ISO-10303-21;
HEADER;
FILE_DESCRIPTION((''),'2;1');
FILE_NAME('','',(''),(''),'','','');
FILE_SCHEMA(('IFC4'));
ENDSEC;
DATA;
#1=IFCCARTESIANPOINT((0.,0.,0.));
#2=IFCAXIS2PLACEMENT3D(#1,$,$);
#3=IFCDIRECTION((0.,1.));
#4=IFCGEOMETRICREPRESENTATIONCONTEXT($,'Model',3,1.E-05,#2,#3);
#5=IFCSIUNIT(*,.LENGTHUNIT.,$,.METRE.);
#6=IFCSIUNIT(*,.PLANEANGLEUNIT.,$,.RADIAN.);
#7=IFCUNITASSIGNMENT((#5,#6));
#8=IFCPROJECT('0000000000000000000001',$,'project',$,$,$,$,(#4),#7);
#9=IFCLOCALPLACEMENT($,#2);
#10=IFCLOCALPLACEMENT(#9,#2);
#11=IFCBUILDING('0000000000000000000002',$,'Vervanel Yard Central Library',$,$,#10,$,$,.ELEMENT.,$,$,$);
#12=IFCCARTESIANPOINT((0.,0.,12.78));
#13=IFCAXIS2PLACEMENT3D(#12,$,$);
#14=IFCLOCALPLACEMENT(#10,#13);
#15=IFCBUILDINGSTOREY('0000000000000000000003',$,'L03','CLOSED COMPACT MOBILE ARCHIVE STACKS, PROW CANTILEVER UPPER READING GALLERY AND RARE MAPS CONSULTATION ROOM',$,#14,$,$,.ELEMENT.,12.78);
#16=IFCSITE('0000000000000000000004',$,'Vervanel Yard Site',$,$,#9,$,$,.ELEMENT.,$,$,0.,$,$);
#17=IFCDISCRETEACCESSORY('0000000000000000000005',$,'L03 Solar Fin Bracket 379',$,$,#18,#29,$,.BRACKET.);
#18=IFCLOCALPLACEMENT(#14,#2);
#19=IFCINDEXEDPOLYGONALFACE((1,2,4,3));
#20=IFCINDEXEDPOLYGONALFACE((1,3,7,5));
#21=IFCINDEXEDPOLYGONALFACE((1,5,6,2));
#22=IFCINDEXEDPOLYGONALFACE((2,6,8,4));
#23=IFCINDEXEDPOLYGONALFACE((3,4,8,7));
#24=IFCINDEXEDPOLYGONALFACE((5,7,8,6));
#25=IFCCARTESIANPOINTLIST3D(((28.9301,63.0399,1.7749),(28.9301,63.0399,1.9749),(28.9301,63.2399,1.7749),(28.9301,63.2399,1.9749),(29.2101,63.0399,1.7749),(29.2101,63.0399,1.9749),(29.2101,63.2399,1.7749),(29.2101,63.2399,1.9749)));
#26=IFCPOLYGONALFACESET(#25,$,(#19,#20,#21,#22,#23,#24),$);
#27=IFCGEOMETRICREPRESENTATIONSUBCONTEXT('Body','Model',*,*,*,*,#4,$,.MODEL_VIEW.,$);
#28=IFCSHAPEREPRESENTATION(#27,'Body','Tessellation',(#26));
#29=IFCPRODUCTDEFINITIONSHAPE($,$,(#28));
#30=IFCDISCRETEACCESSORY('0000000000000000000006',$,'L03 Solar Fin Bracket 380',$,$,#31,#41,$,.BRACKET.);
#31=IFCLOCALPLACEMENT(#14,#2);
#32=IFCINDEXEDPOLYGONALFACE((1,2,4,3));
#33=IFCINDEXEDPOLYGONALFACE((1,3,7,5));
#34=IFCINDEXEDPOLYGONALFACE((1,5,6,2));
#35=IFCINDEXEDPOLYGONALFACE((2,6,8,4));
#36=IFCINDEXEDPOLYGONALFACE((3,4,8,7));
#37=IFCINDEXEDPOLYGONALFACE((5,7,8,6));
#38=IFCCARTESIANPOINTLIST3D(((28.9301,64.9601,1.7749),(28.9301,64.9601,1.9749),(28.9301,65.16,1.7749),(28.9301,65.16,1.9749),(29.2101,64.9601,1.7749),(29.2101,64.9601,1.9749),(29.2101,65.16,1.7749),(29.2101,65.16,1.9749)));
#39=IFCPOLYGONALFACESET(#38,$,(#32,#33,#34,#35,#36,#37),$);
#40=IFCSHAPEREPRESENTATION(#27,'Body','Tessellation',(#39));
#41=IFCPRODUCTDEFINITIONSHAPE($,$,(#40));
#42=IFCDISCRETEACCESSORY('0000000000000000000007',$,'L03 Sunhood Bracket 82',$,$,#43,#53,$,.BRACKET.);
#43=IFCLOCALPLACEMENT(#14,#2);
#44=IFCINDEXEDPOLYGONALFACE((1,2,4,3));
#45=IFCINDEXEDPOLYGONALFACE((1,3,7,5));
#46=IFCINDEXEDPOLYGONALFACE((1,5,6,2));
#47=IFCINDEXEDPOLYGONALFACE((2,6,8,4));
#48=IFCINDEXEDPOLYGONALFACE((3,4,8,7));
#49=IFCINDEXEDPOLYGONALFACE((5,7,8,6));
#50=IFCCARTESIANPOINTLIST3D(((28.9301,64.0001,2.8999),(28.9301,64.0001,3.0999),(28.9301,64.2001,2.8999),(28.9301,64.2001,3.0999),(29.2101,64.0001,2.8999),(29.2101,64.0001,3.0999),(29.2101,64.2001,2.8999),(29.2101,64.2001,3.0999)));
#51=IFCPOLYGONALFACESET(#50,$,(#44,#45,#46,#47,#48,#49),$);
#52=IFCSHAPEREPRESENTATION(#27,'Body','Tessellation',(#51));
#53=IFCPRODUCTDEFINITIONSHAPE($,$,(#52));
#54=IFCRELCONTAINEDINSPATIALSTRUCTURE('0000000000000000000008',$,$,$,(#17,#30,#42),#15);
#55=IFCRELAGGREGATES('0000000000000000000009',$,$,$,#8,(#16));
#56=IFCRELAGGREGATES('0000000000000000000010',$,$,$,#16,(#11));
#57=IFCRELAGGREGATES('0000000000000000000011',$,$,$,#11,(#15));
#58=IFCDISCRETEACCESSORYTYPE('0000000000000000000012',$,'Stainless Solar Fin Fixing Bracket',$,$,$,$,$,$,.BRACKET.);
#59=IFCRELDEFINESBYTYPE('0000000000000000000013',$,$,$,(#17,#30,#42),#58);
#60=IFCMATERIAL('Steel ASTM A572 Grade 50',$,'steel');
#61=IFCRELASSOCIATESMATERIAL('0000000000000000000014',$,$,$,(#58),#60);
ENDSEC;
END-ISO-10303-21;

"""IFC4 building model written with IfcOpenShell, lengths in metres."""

from ifc_helpers import new_model, si_unit, direction, frame, origin, origin_2d, place, context, subcontext, project, spatial, rectangle, extrude, material, type_object, element, save


model = new_model("IFC4")

# Units and contexts
model_context = context("Model", 3, precision=1e-05, world=origin(), true_north=direction((0.0, 1.0)))
body_context = subcontext(model_context, "Body", "Model", "MODEL_VIEW")
ifc_project = project(units=[si_unit("LENGTHUNIT", "METRE"), si_unit("PLANEANGLEUNIT", "RADIAN")], contexts=[model_context])

# Site, building, storey
site_placement = place(None, origin())
site = spatial("IfcSite", under=ifc_project, at=site_placement, Name="Vervanel Yard Site", CompositionType="ELEMENT", RefElevation=0.0)
building_placement = place(site_placement, origin())
building = spatial("IfcBuilding", under=site, at=building_placement, Name="Vervanel Yard Central Library", CompositionType="ELEMENT")
storey_placement = place(building_placement, frame((0.0, 0.0, 12.78)))
storey = spatial("IfcBuildingStorey", under=building, at=storey_placement, Name="L03", Description="CLOSED COMPACT MOBILE ARCHIVE STACKS, PROW CANTILEVER UPPER READING GALLERY AND RARE MAPS CONSULTATION ROOM", CompositionType="ELEMENT", Elevation=12.78)

# Discrete accessories
ifc_material_1 = material(Name="Steel ASTM A572 Grade 50", Category="steel")
discrete_accessory_type = type_object("IfcDiscreteAccessoryType", Name="Stainless Solar Fin Fixing Bracket", PredefinedType="BRACKET", material=ifc_material_1)
for number, where, z_axis, x_axis, name in (
    (1, (29.0701, 63.1399, 1.7749), (0.0, 0.0, 1.0), (0.0, 1.0, 0.0), "L03 Solar Fin Bracket 379"),
    (2, (29.0701, 65.0601, 1.7749), (0.0, 0.0, 1.0), (0.0, 1.0, 0.0), "L03 Solar Fin Bracket 380"),
    (3, (29.0701, 64.1001, 2.8999), (0.0, 0.0, 1.0), (0.0, 1.0, 0.0), "L03 Sunhood Bracket 82"),
):
    element("IfcDiscreteAccessory", number, at=place(storey_placement, frame(where, z_axis=z_axis, x_axis=x_axis)), inside=storey, type_object=discrete_accessory_type, Name=name, PredefinedType="BRACKET", context=body_context, shape_type="SweptSolid", body=[
        extrude(rectangle(XDim=0.2, YDim=0.28, at=origin_2d()), origin(), (0.0, 0.0, 1.0), 0.2),
    ])

save(model, "model.ifc")
